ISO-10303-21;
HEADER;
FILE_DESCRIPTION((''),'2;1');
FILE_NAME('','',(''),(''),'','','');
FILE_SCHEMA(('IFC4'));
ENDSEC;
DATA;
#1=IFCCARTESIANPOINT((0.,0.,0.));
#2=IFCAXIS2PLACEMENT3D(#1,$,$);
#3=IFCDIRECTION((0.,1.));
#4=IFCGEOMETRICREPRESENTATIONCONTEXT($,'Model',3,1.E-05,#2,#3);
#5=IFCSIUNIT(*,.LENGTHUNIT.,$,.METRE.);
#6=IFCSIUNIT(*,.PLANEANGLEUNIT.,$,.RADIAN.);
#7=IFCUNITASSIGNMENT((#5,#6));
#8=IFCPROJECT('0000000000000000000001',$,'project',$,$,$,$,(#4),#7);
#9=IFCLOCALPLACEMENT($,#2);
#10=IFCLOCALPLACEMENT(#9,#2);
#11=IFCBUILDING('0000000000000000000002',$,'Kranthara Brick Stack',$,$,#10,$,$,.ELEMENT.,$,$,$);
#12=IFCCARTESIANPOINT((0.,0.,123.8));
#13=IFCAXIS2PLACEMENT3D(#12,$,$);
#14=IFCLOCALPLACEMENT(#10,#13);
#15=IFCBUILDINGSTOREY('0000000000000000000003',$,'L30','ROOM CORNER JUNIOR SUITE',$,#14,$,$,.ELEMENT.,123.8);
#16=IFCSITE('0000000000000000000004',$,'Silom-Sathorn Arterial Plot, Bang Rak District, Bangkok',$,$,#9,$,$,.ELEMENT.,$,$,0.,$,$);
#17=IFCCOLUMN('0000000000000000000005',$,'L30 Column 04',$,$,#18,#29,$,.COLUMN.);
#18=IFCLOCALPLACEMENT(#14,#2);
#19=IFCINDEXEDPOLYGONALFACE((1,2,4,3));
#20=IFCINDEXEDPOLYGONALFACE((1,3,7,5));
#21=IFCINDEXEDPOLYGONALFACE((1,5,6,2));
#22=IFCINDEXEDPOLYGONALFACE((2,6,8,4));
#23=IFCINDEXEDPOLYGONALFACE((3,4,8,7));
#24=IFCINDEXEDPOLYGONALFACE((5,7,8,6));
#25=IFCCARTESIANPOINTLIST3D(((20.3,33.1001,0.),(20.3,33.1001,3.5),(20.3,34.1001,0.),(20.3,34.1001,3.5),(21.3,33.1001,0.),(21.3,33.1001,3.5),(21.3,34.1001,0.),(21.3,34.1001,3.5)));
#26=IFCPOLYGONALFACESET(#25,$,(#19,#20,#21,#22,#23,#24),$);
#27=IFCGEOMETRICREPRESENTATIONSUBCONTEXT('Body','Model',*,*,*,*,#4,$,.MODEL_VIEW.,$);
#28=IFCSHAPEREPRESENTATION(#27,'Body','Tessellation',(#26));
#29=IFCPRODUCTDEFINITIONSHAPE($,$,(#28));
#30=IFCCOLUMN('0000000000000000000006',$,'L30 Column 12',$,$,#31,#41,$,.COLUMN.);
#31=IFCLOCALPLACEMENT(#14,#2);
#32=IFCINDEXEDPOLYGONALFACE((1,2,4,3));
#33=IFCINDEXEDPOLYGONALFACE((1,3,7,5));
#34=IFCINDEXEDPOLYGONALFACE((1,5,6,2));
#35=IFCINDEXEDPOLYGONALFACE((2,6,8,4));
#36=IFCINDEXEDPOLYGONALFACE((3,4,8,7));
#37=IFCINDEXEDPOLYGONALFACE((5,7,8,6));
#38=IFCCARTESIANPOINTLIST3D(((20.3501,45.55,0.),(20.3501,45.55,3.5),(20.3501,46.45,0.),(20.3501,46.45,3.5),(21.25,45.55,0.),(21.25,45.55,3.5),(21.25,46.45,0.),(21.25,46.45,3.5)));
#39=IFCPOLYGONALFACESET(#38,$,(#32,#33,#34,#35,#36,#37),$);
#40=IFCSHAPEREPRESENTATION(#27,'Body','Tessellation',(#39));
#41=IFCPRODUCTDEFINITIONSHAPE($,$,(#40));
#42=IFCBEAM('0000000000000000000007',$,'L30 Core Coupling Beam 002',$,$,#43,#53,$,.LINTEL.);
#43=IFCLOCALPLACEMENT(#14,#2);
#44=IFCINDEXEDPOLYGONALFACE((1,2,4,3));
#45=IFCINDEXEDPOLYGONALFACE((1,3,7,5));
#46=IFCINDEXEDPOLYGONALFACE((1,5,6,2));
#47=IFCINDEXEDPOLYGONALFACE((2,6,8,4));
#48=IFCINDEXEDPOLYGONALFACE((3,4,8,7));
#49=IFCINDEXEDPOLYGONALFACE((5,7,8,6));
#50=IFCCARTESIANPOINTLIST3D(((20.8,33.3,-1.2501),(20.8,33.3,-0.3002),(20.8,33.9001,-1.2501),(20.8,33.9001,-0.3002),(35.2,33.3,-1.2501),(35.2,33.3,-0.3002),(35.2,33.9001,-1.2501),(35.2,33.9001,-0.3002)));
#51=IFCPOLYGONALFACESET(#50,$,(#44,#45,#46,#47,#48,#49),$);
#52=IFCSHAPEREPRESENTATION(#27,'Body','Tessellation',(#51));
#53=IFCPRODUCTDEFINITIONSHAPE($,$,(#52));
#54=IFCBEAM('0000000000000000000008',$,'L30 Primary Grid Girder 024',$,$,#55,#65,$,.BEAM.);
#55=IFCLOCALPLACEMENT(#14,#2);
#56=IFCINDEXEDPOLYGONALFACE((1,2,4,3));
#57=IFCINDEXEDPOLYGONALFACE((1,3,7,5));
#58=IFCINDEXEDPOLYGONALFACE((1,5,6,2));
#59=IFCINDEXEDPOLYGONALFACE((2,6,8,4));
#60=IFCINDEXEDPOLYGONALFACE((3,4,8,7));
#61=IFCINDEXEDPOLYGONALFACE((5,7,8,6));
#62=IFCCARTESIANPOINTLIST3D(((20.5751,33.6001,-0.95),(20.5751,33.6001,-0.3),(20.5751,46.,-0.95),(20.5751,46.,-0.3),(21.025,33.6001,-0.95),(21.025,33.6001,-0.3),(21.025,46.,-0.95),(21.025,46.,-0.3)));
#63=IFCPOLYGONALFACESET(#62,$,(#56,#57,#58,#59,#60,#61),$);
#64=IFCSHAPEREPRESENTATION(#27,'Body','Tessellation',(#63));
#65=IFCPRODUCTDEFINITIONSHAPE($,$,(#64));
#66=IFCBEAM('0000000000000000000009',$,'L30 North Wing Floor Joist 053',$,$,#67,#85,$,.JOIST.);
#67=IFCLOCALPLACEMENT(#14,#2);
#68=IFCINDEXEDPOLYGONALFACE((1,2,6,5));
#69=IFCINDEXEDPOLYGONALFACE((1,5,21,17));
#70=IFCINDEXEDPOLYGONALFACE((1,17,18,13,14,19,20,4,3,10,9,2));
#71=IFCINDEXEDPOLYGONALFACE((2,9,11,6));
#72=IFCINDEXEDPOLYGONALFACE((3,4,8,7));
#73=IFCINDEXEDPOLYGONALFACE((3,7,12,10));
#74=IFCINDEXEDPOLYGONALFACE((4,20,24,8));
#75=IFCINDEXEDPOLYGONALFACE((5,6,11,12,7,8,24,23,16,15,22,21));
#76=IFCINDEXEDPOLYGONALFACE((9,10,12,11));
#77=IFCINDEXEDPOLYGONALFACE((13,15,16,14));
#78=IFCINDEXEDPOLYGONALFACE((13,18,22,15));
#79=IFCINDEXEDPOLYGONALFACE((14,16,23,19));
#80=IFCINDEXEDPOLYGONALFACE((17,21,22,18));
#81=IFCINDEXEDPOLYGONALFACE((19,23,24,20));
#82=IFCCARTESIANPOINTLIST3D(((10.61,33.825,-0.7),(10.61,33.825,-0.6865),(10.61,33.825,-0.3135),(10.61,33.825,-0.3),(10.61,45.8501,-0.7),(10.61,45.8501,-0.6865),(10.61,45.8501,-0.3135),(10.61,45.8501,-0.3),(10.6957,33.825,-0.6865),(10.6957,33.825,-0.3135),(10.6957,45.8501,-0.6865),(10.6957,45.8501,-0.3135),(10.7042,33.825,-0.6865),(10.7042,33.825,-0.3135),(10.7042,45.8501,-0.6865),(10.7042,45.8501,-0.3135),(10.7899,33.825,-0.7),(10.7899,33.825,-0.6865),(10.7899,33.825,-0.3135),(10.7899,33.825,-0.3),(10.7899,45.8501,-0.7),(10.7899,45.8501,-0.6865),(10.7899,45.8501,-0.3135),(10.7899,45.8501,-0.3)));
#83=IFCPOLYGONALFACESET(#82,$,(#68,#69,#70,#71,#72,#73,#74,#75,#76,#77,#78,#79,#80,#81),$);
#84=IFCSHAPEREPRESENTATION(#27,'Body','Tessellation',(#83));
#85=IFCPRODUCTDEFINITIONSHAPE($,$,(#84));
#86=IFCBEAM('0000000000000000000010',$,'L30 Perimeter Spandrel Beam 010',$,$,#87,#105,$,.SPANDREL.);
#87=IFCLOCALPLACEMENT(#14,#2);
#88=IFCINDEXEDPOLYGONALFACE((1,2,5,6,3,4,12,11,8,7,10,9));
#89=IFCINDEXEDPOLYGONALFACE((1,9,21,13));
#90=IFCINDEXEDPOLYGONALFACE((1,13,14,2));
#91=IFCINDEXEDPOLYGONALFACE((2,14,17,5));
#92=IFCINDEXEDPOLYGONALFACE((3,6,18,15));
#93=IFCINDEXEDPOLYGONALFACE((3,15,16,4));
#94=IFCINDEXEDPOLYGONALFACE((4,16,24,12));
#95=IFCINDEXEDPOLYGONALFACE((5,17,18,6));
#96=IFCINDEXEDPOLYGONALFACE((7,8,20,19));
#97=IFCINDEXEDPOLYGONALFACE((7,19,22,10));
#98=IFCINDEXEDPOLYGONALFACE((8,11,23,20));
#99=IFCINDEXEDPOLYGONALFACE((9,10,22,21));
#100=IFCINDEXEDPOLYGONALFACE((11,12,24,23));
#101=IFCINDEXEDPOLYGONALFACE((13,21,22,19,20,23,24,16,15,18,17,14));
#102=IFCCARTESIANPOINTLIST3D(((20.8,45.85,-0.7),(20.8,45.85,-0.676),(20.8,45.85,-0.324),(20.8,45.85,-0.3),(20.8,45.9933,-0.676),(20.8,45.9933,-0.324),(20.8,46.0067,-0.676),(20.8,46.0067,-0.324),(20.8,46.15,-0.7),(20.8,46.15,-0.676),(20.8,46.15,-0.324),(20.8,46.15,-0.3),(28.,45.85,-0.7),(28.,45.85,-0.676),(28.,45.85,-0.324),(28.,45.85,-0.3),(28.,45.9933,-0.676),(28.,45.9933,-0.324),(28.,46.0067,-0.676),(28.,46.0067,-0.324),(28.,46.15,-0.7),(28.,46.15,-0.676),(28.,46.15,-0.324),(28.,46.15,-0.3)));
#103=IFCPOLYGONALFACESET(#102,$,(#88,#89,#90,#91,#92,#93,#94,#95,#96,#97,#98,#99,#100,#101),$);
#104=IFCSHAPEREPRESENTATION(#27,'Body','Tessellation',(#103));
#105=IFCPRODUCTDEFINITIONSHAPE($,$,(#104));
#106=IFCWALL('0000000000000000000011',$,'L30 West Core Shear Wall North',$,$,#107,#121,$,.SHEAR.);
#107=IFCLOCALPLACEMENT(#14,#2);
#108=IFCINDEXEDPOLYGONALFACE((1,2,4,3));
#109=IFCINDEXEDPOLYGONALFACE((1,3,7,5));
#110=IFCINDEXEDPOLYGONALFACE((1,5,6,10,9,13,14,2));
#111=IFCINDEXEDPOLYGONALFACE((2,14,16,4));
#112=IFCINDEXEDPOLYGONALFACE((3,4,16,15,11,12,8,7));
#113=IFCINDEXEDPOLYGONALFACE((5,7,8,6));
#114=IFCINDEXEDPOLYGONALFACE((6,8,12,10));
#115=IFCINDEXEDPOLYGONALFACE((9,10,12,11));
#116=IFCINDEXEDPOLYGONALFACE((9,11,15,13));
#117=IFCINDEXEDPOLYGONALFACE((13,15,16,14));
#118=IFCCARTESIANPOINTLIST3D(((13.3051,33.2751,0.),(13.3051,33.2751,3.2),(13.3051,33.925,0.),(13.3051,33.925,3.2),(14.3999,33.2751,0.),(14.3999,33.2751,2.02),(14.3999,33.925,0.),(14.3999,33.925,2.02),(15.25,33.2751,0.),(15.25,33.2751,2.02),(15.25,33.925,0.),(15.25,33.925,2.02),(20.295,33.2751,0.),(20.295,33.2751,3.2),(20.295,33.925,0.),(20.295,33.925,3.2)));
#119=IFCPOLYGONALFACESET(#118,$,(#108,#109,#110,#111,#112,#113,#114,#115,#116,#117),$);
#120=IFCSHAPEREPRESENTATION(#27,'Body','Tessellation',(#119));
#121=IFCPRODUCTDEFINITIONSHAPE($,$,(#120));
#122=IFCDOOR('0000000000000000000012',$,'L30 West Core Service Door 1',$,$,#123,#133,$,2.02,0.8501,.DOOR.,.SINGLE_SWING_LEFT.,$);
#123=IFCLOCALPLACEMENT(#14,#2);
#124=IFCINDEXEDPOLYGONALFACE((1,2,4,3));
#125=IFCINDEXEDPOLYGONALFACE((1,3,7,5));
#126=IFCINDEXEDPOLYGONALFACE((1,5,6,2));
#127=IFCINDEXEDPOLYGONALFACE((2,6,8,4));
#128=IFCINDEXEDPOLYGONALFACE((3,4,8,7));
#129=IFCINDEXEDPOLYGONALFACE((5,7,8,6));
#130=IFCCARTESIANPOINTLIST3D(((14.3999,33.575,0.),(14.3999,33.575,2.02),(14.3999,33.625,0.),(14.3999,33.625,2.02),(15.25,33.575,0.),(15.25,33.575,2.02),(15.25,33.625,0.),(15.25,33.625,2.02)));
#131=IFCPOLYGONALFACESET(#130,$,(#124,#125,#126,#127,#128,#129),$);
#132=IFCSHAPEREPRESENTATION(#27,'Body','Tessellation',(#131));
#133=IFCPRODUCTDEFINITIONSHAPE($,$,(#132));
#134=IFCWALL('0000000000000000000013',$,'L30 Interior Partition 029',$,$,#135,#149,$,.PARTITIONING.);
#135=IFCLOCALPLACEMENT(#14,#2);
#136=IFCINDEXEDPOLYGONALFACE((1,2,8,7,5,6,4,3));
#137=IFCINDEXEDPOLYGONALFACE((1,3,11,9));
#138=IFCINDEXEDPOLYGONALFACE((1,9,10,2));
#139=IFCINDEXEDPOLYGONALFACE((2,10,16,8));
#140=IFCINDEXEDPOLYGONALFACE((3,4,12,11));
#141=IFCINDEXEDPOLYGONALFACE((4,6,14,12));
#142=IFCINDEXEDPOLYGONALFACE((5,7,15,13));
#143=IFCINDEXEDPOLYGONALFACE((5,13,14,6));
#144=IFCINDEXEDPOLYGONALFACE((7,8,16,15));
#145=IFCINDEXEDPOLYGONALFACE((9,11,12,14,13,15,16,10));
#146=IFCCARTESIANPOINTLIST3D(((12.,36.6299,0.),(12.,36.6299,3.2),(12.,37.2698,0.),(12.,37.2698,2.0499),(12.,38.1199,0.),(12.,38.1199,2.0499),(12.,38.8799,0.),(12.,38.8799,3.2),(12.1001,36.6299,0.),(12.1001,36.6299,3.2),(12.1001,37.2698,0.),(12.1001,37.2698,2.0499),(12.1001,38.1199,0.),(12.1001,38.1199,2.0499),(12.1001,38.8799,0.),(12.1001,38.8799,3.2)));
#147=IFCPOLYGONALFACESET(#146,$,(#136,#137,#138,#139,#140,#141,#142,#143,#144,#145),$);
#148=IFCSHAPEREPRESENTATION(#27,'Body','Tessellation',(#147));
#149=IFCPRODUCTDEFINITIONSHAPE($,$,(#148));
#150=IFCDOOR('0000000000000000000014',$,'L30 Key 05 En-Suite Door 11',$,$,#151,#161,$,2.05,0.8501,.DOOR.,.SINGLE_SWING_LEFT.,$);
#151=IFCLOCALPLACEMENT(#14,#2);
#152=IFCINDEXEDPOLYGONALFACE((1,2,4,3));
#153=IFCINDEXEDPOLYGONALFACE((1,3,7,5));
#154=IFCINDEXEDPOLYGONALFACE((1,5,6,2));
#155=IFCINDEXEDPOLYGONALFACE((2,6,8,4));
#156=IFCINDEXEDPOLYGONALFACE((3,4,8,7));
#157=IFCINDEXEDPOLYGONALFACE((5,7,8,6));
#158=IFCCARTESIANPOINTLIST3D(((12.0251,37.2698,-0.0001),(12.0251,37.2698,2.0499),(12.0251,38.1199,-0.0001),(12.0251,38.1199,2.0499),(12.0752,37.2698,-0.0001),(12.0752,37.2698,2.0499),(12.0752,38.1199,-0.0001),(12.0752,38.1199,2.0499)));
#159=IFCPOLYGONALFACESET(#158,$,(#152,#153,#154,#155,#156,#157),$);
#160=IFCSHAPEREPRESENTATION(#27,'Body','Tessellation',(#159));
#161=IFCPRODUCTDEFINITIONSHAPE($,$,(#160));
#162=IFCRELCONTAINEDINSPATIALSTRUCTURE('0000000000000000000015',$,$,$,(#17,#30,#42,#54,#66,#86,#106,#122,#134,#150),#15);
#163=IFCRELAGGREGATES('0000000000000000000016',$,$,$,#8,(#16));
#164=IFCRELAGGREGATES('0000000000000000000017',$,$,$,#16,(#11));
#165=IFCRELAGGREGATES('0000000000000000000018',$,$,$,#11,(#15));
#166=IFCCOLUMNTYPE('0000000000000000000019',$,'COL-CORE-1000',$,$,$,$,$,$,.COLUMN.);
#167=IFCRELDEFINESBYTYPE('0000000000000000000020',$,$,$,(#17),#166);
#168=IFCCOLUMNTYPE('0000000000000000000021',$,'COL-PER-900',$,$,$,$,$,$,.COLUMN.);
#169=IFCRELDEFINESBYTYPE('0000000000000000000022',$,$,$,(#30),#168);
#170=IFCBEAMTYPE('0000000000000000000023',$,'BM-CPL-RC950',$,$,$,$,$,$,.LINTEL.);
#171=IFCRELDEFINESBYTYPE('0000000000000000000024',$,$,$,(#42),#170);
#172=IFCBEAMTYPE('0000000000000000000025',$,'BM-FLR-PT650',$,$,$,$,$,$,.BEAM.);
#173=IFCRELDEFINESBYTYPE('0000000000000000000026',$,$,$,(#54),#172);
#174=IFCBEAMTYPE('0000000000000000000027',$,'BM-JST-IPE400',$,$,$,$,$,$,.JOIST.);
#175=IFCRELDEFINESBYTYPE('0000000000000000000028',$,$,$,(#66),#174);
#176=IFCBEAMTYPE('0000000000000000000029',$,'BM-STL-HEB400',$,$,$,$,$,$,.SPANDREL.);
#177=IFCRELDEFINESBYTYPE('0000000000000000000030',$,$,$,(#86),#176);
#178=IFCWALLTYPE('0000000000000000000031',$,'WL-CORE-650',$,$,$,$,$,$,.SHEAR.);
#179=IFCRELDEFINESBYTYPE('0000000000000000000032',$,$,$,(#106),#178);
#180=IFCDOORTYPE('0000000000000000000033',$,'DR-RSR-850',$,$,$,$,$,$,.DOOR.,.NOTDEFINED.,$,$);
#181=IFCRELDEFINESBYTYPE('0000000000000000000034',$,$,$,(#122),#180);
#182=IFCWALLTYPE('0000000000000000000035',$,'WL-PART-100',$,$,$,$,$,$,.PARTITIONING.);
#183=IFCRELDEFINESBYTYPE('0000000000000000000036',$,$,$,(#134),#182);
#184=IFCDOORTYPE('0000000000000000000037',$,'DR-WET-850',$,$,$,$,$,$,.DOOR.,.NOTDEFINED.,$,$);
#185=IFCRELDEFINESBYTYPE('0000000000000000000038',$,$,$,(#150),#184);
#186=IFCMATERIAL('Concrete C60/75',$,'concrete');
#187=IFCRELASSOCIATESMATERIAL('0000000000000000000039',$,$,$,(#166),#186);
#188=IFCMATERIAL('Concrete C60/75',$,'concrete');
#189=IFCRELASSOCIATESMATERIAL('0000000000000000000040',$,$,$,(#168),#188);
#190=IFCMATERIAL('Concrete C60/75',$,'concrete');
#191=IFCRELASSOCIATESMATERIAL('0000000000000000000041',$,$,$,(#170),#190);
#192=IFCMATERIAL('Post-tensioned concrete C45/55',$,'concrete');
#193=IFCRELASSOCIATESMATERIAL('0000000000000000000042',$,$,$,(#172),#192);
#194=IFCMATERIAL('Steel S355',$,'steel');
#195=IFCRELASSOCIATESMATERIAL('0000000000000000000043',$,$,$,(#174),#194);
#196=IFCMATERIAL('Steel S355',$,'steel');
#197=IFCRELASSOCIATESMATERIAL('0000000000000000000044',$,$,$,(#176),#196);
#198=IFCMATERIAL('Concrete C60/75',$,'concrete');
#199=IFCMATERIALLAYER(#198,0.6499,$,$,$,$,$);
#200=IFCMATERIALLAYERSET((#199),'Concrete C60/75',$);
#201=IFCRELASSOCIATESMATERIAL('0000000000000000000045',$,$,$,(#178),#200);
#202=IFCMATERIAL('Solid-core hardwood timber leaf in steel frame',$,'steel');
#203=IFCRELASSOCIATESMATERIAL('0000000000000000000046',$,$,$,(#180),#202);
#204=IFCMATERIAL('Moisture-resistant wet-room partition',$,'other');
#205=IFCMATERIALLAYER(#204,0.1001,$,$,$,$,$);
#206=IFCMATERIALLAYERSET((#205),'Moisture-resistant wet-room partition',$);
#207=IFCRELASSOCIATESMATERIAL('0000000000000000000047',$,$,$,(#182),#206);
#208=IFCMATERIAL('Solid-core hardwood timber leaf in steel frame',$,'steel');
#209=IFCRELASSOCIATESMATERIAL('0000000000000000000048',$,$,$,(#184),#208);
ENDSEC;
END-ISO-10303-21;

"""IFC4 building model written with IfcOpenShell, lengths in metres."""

from ifc_helpers import new_model, si_unit, direction, frame, frame_2d, origin, origin_2d, place, context, subcontext, project, spatial, rectangle, i_section, extrude, material, layer, layer_set, material_profile, profile_set, type_object, element, fill, save


model = new_model("IFC4")

# Units and contexts
model_context = context("Model", 3, precision=1e-05, world=origin(), true_north=direction((0.0, 1.0)))
body_context = subcontext(model_context, "Body", "Model", "MODEL_VIEW")
ifc_project = project(units=[si_unit("LENGTHUNIT", "METRE"), si_unit("PLANEANGLEUNIT", "RADIAN")], contexts=[model_context])

# Site, building, storey
site_placement = place(None, origin())
site = spatial("IfcSite", under=ifc_project, at=site_placement, Name="Silom-Sathorn Arterial Plot, Bang Rak District, Bangkok", CompositionType="ELEMENT", RefElevation=0.0)
building_placement = place(site_placement, origin())
building = spatial("IfcBuilding", under=site, at=building_placement, Name="Kranthara Brick Stack", CompositionType="ELEMENT")
storey_placement = place(building_placement, frame((0.0, 0.0, 123.8)))
storey = spatial("IfcBuildingStorey", under=building, at=storey_placement, Name="L30", Description="ROOM CORNER JUNIOR SUITE", CompositionType="ELEMENT", Elevation=123.8)

# Columns
ifc_material_1 = material(Name="Concrete C60/75", Category="concrete")
ifc_material_profile_1 = material_profile(ifc_material_1, rectangle(XDim=1.0, YDim=1.0, at=origin_2d()), Name="RC 1000x1000")
ifc_profile_set_1 = profile_set([ifc_material_profile_1], Name="Concrete C60/75")
column_type_1 = type_object("IfcColumnType", Name="COL-CORE-1000", PredefinedType="COLUMN", material=ifc_profile_set_1)
column_1_placement = place(storey_placement, frame((20.8, 33.6001, 0.0), z_axis=(0.0, 0.0, 1.0), x_axis=(1.0, 0.0, 0.0)))
element("IfcColumn", 1, at=column_1_placement, inside=storey, type_object=column_type_1, Name="L30 Column 04", PredefinedType="COLUMN", context=body_context, shape_type="SweptSolid", body=[
    extrude(rectangle(XDim=1.0, YDim=1.0, at=origin_2d()), origin(), (0.0, 0.0, 1.0), 3.5),
])
ifc_material_2 = material(Name="Concrete C60/75", Category="concrete")
ifc_material_profile_2 = material_profile(ifc_material_2, rectangle(XDim=0.8999, YDim=0.8999, at=origin_2d()), Name="RC 900x900")
ifc_profile_set_2 = profile_set([ifc_material_profile_2], Name="Concrete C60/75")
column_type_2 = type_object("IfcColumnType", Name="COL-PER-900", PredefinedType="COLUMN", material=ifc_profile_set_2)
column_2_placement = place(storey_placement, frame((20.8, 46.0, 0.0), z_axis=(0.0, 0.0, 1.0), x_axis=(1.0, 0.0, 0.0)))
element("IfcColumn", 2, at=column_2_placement, inside=storey, type_object=column_type_2, Name="L30 Column 12", PredefinedType="COLUMN", context=body_context, shape_type="SweptSolid", body=[
    extrude(rectangle(XDim=0.8999, YDim=0.8999, at=origin_2d()), origin(), (0.0, 0.0, 1.0), 3.5),
])

# Beams
ifc_material_3 = material(Name="Concrete C60/75", Category="concrete")
ifc_material_profile_3 = material_profile(ifc_material_3, rectangle(XDim=0.6001, YDim=0.95, at=origin_2d()), Name="RC 600x950")
ifc_profile_set_3 = profile_set([ifc_material_profile_3], Name="Concrete C60/75")
beam_type_1 = type_object("IfcBeamType", Name="BM-CPL-RC950", PredefinedType="LINTEL", material=ifc_profile_set_3)
beam_1_placement = place(storey_placement, frame((20.8, 33.6001, -0.7751), z_axis=(1.0, 0.0, 0.0), x_axis=(0.0, 1.0, 0.0)))
element("IfcBeam", 3, at=beam_1_placement, inside=storey, type_object=beam_type_1, Name="L30 Core Coupling Beam 002", PredefinedType="LINTEL", context=body_context, shape_type="SweptSolid", body=[
    extrude(rectangle(XDim=0.6001, YDim=0.95, at=origin_2d()), origin(), (0.0, 0.0, 1.0), 14.3999),
])
ifc_material_4 = material(Name="Post-tensioned concrete C45/55", Category="concrete")
ifc_material_profile_4 = material_profile(ifc_material_4, rectangle(XDim=0.45, YDim=0.6499, at=origin_2d()), Name="PT 450x650")
ifc_profile_set_4 = profile_set([ifc_material_profile_4], Name="Post-tensioned concrete C45/55")
beam_type_2 = type_object("IfcBeamType", Name="BM-FLR-PT650", PredefinedType="BEAM", material=ifc_profile_set_4)
beam_2_placement = place(storey_placement, frame((20.8, 33.6001, -0.625), z_axis=(0.0, 1.0, 0.0), x_axis=(-1.0, 0.0, 0.0)))
element("IfcBeam", 4, at=beam_2_placement, inside=storey, type_object=beam_type_2, Name="L30 Primary Grid Girder 024", PredefinedType="BEAM", context=body_context, shape_type="SweptSolid", body=[
    extrude(rectangle(XDim=0.45, YDim=0.6499, at=origin_2d()), origin(), (0.0, 0.0, 1.0), 12.3999),
])
ifc_material_5 = material(Name="Steel S355", Category="steel")
ifc_material_profile_5 = material_profile(ifc_material_5, i_section(OverallWidth=0.1799, OverallDepth=0.3999, WebThickness=0.0085, FlangeThickness=0.0134, at=origin_2d()), Name="IPE 400")
ifc_profile_set_5 = profile_set([ifc_material_profile_5], Name="Steel S355")
beam_type_3 = type_object("IfcBeamType", Name="BM-JST-IPE400", PredefinedType="JOIST", material=ifc_profile_set_5)
beam_3_placement = place(storey_placement, frame((10.7, 33.825, -0.5), z_axis=(0.0, 1.0, 0.0), x_axis=(-1.0, 0.0, 0.0)))
element("IfcBeam", 5, at=beam_3_placement, inside=storey, type_object=beam_type_3, Name="L30 North Wing Floor Joist 053", PredefinedType="JOIST", context=body_context, shape_type="SweptSolid", body=[
    extrude(i_section(OverallWidth=0.1799, OverallDepth=0.3999, WebThickness=0.0085, FlangeThickness=0.0134, at=origin_2d()), origin(), (0.0, 0.0, 1.0), 12.0251),
])
ifc_material_6 = material(Name="Steel S355", Category="steel")
ifc_material_profile_6 = material_profile(ifc_material_6, i_section(OverallWidth=0.3, OverallDepth=0.3999, WebThickness=0.0134, FlangeThickness=0.0239, at=origin_2d()), Name="HEB 400")
ifc_profile_set_6 = profile_set([ifc_material_profile_6], Name="Steel S355")
beam_type_4 = type_object("IfcBeamType", Name="BM-STL-HEB400", PredefinedType="SPANDREL", material=ifc_profile_set_6)
beam_4_placement = place(storey_placement, frame((20.8, 46.0, -0.5), z_axis=(1.0, 0.0, 0.0), x_axis=(0.0, 1.0, 0.0)))
element("IfcBeam", 6, at=beam_4_placement, inside=storey, type_object=beam_type_4, Name="L30 Perimeter Spandrel Beam 010", PredefinedType="SPANDREL", context=body_context, shape_type="SweptSolid", body=[
    extrude(i_section(OverallWidth=0.3, OverallDepth=0.3999, WebThickness=0.0134, FlangeThickness=0.0239, at=origin_2d()), origin(), (0.0, 0.0, 1.0), 7.2),
])

# Walls, openings, doors
ifc_material_7 = material(Name="Concrete C60/75", Category="concrete")
ifc_layer_1 = layer(ifc_material_7, 0.6499)
ifc_layer_set_1 = layer_set([ifc_layer_1], Name="Concrete C60/75")
wall_type_1 = type_object("IfcWallType", Name="WL-CORE-650", PredefinedType="SHEAR", material=ifc_layer_set_1)
wall_1_placement = place(storey_placement, frame((13.3049, 33.6001, 0.0), z_axis=(0.0, 0.0, 1.0), x_axis=(1.0, 0.0, 0.0)))
wall_1 = element("IfcWall", 7, at=wall_1_placement, inside=storey, type_object=wall_type_1, Name="L30 West Core Shear Wall North", PredefinedType="SHEAR", context=body_context, shape_type="SweptSolid", body=[
    extrude(rectangle(XDim=6.99, YDim=0.6499, at=frame_2d((3.4951, 0.0))), origin(), (0.0, 0.0, 1.0), 3.2),
])
opening_1_placement = place(wall_1_placement, frame((1.095, 0.0, 0.0)))
opening_1 = element("IfcOpeningElement", 8, at=opening_1_placement, cuts=wall_1, PredefinedType="OPENING", context=body_context, shape_type="SweptSolid", body=[
    extrude(rectangle(XDim=0.8501, YDim=2.02, at=frame_2d((0.425, 1.01))), frame((0.0, 0.335, 0.0), z_axis=(0.0, -1.0, 0.0), x_axis=(1.0, 0.0, 0.0)), (0.0, 0.0, 1.0), 0.6699),
])
ifc_material_8 = material(Name="Solid-core hardwood timber leaf in steel frame", Category="steel")
door_type_1 = type_object("IfcDoorType", Name="DR-RSR-850", OperationType="NOTDEFINED", PredefinedType="DOOR", material=ifc_material_8)
door_1_placement = place(opening_1_placement, origin())
door_1 = element("IfcDoor", 9, at=door_1_placement, inside=storey, type_object=door_type_1, Name="L30 West Core Service Door 1", OperationType="SINGLE_SWING_LEFT", OverallHeight=2.02, OverallWidth=0.8501, PredefinedType="DOOR", context=body_context, shape_type="SweptSolid", body=[
    extrude(rectangle(XDim=0.8501, YDim=2.02, at=frame_2d((0.425, 1.01))), frame((0.0, 0.0249, 0.0), z_axis=(0.0, -1.0, 0.0), x_axis=(1.0, 0.0, 0.0)), (0.0, 0.0, 1.0), 0.05),
])
fill(opening_1, door_1)
ifc_material_9 = material(Name="Moisture-resistant wet-room partition", Category="other")
ifc_layer_2 = layer(ifc_material_9, 0.1001)
ifc_layer_set_2 = layer_set([ifc_layer_2], Name="Moisture-resistant wet-room partition")
wall_type_2 = type_object("IfcWallType", Name="WL-PART-100", PredefinedType="PARTITIONING", material=ifc_layer_set_2)
wall_2_placement = place(storey_placement, frame((12.05, 36.6299, 0.0), z_axis=(0.0, 0.0, 1.0), x_axis=(0.0, 1.0, 0.0)))
wall_2 = element("IfcWall", 10, at=wall_2_placement, inside=storey, type_object=wall_type_2, Name="L30 Interior Partition 029", PredefinedType="PARTITIONING", context=body_context, shape_type="SweptSolid", body=[
    extrude(rectangle(XDim=2.25, YDim=0.1001, at=frame_2d((1.125, 0.0))), origin(), (0.0, 0.0, 1.0), 3.2),
])
opening_2_placement = place(wall_2_placement, frame((0.6399, 0.0, 0.0)))
opening_2 = element("IfcOpeningElement", 11, at=opening_2_placement, cuts=wall_2, PredefinedType="OPENING", context=body_context, shape_type="SweptSolid", body=[
    extrude(rectangle(XDim=0.8501, YDim=2.05, at=frame_2d((0.425, 1.0249))), frame((0.0, 0.0601, 0.0), z_axis=(0.0, -1.0, 0.0), x_axis=(1.0, 0.0, 0.0)), (0.0, 0.0, 1.0), 0.1201),
])
ifc_material_10 = material(Name="Solid-core hardwood timber leaf in steel frame", Category="steel")
door_type_2 = type_object("IfcDoorType", Name="DR-WET-850", OperationType="NOTDEFINED", PredefinedType="DOOR", material=ifc_material_10)
door_2_placement = place(opening_2_placement, origin())
door_2 = element("IfcDoor", 12, at=door_2_placement, inside=storey, type_object=door_type_2, Name="L30 Key 05 En-Suite Door 11", OperationType="SINGLE_SWING_LEFT", OverallHeight=2.05, OverallWidth=0.8501, PredefinedType="DOOR", context=body_context, shape_type="SweptSolid", body=[
    extrude(rectangle(XDim=0.8501, YDim=2.05, at=frame_2d((0.425, 1.0249))), frame((0.0, 0.0249, 0.0), z_axis=(0.0, -1.0, 0.0), x_axis=(1.0, 0.0, 0.0)), (0.0, 0.0, 1.0), 0.05),
])
fill(opening_2, door_2)

save(model, "model.ifc")
